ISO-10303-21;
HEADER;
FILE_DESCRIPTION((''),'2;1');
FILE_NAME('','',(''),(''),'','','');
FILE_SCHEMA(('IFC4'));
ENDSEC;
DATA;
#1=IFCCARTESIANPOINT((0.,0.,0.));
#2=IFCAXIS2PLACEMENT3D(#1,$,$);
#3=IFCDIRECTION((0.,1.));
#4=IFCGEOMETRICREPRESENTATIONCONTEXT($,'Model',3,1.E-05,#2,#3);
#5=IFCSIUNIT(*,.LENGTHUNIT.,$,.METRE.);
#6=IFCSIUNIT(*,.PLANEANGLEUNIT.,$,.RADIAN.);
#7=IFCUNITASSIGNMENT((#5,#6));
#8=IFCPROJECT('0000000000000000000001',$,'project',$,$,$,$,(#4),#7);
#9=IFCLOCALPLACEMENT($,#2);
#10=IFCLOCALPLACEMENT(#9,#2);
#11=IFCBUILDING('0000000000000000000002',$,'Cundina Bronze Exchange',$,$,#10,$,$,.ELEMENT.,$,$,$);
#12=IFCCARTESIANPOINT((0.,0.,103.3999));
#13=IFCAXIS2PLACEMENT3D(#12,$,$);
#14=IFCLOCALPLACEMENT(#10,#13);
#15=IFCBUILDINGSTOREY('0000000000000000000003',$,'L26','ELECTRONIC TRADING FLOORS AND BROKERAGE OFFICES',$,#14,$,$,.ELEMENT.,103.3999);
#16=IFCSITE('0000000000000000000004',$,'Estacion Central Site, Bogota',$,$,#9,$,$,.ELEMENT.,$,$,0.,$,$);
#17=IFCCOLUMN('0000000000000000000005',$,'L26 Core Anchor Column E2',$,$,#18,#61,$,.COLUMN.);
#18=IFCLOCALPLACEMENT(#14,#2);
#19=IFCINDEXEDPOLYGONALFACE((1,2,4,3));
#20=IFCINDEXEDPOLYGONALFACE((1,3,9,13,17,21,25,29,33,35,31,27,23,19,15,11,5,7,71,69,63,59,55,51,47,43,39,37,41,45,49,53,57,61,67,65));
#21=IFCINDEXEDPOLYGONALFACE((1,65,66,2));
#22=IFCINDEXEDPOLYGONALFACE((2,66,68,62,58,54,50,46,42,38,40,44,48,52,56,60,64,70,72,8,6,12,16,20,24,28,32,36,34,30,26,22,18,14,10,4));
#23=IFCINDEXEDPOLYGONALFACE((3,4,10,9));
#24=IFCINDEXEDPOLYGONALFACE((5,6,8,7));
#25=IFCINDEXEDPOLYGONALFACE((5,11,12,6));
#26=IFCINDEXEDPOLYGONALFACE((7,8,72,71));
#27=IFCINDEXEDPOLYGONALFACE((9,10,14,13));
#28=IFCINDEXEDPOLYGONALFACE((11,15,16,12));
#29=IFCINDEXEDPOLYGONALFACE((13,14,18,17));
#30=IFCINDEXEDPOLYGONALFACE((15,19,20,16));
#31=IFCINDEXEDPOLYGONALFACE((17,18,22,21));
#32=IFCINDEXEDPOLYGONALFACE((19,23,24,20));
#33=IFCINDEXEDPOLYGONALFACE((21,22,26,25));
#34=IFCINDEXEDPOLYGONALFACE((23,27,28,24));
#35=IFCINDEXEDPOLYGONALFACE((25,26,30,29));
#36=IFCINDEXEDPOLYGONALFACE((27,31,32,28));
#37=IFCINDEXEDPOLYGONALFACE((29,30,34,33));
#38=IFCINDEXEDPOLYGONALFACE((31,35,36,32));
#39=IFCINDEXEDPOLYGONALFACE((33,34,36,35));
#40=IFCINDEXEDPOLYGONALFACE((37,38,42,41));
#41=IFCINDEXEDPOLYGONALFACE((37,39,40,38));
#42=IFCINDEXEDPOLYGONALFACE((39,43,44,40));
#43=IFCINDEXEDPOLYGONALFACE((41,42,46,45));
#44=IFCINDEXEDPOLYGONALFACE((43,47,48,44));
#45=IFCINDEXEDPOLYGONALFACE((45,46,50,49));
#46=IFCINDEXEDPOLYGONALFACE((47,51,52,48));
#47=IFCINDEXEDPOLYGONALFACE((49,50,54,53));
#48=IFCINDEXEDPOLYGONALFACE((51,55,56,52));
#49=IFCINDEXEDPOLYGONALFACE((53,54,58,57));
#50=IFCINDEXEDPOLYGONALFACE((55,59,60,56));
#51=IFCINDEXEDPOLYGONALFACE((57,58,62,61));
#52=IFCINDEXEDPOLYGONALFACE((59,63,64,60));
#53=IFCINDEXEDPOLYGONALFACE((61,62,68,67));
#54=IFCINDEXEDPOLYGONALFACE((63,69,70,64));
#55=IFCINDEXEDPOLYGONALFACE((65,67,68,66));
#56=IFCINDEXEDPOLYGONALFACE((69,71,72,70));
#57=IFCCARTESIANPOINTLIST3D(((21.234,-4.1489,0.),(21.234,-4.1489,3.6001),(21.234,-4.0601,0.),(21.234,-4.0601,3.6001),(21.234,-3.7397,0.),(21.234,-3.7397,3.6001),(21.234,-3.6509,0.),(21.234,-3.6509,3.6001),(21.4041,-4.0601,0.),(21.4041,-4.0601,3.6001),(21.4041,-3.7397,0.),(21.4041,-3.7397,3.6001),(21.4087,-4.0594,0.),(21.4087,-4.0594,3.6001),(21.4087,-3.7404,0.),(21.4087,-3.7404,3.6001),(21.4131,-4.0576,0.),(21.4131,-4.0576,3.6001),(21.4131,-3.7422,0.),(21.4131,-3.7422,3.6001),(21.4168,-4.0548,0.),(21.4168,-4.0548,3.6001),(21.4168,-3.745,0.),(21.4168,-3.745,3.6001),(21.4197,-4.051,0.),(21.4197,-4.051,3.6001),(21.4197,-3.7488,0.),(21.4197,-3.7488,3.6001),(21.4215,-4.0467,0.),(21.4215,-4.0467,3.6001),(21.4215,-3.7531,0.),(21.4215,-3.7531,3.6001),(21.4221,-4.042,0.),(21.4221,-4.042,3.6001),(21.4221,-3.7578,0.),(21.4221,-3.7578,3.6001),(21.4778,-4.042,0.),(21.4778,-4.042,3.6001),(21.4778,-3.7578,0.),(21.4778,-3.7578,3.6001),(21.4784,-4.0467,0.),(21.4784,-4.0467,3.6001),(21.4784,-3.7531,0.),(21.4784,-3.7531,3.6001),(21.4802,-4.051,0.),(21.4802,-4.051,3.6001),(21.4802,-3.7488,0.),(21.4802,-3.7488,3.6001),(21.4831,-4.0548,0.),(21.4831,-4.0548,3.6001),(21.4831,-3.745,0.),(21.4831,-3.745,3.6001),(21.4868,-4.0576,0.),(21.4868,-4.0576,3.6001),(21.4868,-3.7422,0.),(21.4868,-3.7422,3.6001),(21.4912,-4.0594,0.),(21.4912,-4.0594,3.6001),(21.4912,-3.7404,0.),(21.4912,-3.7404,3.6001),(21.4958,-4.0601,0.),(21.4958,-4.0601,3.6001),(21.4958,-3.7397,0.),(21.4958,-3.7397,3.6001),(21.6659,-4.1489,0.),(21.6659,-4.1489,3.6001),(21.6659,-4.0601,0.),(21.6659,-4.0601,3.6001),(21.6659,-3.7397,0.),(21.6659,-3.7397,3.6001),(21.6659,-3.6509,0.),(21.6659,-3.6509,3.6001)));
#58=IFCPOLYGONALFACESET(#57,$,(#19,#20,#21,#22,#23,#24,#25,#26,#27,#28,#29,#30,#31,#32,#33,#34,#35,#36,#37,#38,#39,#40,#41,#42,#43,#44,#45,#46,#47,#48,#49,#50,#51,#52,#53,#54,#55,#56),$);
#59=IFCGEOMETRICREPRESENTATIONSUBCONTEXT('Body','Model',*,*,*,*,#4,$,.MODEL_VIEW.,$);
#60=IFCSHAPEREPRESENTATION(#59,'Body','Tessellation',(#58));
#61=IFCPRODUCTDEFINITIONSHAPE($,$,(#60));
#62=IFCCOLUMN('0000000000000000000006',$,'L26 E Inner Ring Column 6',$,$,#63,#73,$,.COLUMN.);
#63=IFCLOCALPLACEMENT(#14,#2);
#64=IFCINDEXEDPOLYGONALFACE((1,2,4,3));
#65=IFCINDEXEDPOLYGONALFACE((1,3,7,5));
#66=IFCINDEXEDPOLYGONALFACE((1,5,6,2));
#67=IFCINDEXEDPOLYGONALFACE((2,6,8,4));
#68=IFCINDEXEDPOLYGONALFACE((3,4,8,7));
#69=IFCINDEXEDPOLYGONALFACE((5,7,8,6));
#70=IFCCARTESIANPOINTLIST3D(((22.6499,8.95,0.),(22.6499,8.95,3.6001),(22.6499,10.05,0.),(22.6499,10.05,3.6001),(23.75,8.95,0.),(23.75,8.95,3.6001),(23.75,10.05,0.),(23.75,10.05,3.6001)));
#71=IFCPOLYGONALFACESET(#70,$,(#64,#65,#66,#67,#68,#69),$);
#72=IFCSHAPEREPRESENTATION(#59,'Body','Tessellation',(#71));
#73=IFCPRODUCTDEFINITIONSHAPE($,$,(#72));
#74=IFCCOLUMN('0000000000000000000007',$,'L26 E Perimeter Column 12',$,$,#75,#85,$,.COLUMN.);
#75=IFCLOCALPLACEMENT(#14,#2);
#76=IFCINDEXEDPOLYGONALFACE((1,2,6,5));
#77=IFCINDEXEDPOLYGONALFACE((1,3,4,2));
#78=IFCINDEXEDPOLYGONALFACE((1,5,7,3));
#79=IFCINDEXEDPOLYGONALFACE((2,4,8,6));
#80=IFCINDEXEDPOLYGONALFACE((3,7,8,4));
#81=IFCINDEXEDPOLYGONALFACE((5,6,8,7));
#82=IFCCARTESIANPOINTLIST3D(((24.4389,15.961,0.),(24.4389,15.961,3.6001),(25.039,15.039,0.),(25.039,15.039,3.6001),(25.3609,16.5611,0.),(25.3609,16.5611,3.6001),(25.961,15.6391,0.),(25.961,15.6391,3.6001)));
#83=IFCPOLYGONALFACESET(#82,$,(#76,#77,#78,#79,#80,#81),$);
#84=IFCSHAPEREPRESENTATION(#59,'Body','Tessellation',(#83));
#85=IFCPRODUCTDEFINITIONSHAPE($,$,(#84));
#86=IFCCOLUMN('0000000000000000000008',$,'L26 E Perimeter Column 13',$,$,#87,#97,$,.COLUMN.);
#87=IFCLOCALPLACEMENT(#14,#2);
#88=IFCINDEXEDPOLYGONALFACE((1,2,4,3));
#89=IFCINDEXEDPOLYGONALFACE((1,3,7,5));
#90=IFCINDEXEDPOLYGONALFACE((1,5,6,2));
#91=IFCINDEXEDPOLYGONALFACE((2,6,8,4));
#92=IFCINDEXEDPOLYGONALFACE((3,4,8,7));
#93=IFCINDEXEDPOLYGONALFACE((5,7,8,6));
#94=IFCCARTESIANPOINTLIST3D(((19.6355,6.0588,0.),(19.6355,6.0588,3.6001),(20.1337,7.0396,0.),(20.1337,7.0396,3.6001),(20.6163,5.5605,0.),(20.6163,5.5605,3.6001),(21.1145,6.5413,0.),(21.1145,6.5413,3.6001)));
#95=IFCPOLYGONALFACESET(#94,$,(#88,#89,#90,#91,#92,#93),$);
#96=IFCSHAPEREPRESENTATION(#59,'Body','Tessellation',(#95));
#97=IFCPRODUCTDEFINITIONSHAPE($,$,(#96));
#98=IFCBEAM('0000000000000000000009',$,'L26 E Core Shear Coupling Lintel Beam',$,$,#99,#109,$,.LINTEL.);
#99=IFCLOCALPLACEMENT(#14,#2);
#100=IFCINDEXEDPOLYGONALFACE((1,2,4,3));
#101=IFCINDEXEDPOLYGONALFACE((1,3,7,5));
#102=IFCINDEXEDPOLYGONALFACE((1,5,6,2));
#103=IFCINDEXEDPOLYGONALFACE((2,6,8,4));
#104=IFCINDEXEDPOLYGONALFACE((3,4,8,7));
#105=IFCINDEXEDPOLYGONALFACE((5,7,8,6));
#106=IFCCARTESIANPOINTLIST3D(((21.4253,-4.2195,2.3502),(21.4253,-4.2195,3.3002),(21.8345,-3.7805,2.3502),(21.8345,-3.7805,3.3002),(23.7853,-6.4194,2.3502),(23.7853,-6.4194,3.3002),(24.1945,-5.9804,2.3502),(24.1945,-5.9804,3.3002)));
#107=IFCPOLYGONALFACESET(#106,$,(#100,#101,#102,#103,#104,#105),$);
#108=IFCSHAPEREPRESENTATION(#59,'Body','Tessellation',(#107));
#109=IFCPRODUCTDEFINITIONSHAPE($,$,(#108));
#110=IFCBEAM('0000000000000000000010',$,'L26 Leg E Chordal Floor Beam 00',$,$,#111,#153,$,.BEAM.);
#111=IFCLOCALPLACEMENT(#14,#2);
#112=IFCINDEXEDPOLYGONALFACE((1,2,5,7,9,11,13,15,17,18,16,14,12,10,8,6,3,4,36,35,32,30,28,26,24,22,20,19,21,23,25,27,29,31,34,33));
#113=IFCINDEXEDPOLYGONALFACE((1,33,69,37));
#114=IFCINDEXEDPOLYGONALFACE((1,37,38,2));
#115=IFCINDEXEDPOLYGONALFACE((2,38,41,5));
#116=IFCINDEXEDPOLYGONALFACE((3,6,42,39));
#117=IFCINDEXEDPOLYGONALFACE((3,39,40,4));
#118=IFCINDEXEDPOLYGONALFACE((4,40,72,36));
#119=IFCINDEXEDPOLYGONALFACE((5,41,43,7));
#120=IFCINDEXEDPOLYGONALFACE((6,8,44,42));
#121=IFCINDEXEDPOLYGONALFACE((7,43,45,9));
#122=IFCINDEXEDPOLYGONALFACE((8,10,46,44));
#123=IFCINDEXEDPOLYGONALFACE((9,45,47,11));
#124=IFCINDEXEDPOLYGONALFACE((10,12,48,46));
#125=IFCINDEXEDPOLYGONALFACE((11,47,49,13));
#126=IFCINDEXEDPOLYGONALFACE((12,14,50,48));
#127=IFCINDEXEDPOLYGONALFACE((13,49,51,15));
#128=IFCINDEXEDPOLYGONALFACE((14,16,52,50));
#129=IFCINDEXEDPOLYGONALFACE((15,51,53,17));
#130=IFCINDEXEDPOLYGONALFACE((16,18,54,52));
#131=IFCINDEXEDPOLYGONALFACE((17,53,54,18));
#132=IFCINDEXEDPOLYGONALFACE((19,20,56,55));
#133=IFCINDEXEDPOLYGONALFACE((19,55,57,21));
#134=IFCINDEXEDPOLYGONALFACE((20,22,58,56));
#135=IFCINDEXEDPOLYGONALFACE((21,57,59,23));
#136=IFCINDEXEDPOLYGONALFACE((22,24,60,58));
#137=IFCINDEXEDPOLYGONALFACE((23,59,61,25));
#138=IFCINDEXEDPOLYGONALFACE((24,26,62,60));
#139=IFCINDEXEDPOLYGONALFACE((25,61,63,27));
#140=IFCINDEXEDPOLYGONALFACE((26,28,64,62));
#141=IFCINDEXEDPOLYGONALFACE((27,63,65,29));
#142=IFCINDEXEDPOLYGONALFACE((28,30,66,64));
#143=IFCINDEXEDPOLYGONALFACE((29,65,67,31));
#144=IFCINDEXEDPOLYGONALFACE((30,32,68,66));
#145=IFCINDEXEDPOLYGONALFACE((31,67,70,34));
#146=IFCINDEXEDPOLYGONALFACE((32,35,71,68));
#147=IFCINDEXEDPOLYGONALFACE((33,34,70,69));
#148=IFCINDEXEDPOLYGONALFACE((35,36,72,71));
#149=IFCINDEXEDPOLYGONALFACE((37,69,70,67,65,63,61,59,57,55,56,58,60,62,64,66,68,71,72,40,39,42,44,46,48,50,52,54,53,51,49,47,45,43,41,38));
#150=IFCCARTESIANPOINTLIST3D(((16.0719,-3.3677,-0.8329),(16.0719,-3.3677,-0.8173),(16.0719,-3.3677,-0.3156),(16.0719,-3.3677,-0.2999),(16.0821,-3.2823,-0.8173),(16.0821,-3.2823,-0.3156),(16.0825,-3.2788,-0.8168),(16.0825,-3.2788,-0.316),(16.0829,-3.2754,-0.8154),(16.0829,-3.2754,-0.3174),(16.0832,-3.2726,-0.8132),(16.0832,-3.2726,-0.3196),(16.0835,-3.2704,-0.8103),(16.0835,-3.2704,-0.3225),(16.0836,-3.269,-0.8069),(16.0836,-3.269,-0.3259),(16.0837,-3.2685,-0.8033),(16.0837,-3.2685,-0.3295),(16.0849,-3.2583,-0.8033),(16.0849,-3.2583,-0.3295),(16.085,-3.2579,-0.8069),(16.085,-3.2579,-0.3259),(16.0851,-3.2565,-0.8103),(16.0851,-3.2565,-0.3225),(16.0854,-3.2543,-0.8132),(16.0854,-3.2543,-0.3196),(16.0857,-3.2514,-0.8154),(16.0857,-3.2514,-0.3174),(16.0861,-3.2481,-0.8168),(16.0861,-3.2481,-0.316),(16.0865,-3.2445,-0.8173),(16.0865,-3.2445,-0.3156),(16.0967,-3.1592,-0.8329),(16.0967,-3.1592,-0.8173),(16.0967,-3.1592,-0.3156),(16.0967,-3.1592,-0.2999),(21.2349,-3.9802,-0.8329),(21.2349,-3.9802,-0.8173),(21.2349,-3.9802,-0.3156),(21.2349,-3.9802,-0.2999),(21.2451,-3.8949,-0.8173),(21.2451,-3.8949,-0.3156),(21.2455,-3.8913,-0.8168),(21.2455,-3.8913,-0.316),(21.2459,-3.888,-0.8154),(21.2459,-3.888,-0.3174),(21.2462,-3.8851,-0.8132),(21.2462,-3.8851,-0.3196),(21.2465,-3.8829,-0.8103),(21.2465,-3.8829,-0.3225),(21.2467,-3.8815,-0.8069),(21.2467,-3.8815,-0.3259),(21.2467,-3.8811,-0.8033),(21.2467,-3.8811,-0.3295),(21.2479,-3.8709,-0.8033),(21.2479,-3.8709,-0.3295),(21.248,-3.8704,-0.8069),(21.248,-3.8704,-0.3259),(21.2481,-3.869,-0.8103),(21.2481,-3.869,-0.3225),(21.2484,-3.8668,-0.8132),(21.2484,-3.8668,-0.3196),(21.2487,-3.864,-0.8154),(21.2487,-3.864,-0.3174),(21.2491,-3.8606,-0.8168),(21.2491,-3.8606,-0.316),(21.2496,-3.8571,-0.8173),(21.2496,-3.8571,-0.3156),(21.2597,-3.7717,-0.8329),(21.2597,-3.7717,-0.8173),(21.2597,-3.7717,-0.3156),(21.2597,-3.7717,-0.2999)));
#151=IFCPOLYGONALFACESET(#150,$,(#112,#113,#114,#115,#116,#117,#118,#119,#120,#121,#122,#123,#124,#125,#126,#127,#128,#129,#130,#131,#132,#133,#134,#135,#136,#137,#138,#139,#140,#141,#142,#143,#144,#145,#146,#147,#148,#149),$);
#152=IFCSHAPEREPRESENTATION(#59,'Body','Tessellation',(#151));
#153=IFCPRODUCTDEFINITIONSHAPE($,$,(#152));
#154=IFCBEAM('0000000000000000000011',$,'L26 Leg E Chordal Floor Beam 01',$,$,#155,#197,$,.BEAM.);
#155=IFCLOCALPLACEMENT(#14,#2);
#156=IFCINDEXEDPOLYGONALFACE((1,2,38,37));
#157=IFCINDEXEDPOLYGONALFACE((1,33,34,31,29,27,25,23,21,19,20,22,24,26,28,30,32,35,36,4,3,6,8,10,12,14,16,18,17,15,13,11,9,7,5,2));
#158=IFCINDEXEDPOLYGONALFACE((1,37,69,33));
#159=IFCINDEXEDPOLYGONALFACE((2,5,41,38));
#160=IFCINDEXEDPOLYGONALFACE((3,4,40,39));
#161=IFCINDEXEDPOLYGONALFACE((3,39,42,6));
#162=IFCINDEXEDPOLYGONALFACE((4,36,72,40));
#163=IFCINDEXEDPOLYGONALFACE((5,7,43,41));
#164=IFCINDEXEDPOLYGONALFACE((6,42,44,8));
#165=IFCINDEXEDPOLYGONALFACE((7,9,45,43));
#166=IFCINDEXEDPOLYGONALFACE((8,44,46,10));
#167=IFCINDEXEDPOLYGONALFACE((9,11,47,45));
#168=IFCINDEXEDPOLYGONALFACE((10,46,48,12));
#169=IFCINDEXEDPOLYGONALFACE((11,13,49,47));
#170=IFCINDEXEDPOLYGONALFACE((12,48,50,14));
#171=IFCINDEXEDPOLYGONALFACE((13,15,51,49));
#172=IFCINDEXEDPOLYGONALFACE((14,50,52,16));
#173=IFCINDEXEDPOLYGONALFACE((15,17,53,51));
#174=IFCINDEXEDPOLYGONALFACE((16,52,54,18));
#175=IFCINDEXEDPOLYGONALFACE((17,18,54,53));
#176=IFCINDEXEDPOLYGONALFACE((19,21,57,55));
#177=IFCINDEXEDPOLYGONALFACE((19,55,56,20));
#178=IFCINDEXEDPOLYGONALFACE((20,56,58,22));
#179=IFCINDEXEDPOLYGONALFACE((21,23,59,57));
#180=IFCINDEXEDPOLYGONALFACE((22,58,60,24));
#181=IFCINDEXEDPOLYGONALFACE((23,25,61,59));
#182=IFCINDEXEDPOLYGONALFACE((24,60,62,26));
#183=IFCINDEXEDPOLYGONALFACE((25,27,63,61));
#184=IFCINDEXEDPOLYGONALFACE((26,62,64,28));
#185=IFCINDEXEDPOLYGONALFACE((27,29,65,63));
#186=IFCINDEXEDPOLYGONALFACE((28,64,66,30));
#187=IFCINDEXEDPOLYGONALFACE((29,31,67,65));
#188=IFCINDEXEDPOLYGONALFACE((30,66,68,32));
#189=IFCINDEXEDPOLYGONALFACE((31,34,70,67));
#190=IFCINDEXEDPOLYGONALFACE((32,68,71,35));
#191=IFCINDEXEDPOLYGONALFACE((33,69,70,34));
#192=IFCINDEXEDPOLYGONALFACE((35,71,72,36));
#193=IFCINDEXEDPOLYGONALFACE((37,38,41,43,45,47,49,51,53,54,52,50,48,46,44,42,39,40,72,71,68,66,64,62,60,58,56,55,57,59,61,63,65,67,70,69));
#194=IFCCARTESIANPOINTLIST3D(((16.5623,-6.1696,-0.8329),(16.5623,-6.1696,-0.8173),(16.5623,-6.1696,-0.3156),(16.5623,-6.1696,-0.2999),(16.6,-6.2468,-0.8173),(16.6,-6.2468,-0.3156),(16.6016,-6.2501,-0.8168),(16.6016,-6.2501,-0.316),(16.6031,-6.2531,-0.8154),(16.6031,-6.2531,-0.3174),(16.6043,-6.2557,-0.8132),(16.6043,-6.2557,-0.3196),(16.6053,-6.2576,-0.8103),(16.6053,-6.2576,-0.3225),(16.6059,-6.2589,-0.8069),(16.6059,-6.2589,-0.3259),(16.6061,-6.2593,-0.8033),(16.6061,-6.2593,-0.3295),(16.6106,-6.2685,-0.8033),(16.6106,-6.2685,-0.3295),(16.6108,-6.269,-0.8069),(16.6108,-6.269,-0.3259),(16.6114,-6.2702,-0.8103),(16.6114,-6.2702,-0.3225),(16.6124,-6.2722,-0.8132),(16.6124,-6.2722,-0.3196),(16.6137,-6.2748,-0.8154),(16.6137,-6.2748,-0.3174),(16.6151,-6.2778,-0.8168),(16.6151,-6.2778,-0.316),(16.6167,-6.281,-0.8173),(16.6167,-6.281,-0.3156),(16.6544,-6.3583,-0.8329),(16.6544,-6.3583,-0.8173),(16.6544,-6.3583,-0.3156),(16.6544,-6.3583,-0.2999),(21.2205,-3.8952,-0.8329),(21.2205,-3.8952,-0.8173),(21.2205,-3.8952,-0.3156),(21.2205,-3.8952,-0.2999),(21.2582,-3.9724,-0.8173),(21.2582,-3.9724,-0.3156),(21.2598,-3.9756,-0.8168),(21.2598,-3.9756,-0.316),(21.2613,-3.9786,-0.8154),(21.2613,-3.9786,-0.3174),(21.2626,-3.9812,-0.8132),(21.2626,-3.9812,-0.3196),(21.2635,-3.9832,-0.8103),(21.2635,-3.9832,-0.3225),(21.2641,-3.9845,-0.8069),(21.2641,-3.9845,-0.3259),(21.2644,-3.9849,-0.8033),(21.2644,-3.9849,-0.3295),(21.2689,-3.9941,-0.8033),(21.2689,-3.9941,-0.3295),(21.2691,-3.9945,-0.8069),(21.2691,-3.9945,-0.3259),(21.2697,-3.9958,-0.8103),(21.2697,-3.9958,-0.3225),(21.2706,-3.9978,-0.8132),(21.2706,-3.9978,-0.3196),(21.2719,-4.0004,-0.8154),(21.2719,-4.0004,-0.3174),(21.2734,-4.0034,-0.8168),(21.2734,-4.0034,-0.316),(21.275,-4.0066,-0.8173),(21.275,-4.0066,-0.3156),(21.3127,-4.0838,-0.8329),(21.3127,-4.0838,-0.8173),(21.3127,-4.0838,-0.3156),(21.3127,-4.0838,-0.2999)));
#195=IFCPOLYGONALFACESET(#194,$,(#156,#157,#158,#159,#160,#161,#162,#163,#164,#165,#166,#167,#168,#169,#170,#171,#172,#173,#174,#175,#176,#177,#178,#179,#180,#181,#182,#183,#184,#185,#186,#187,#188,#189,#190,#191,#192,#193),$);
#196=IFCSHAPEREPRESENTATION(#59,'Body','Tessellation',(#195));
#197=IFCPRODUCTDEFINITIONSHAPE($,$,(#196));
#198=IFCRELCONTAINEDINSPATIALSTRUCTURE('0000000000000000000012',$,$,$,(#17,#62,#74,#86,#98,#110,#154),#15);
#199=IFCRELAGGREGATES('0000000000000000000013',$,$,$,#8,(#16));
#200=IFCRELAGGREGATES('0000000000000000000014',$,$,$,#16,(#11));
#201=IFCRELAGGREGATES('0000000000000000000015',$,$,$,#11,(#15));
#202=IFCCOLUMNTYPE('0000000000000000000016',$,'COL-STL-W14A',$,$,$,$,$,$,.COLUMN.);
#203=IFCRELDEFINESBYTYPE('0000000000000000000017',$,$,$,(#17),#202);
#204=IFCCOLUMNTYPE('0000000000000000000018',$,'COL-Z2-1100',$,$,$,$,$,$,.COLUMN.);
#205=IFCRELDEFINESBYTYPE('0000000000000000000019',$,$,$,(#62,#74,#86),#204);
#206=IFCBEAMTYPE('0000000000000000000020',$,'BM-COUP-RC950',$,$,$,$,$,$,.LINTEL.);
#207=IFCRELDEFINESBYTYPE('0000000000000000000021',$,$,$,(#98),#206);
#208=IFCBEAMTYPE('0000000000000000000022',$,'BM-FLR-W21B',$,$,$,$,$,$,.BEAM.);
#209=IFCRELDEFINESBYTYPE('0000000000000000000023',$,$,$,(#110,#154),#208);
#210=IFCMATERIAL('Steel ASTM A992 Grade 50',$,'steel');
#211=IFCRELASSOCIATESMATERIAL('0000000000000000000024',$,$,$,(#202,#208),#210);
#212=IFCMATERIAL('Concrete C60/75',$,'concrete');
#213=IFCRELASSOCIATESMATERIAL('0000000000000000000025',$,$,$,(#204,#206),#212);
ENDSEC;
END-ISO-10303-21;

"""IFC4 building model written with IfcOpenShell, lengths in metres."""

from ifc_helpers import new_model, si_unit, direction, frame, origin, origin_2d, place, context, subcontext, project, spatial, rectangle, i_section, extrude, material, material_profile, profile_set, type_object, element, save


model = new_model("IFC4")

# Units and contexts
model_context = context("Model", 3, precision=1e-05, world=origin(), true_north=direction((0.0, 1.0)))
body_context = subcontext(model_context, "Body", "Model", "MODEL_VIEW")
ifc_project = project(units=[si_unit("LENGTHUNIT", "METRE"), si_unit("PLANEANGLEUNIT", "RADIAN")], contexts=[model_context])

# Site, building, storey
site_placement = place(None, origin())
site = spatial("IfcSite", under=ifc_project, at=site_placement, Name="Estacion Central Site, Bogota", CompositionType="ELEMENT", RefElevation=0.0)
building_placement = place(site_placement, origin())
building = spatial("IfcBuilding", under=site, at=building_placement, Name="Cundina Bronze Exchange", CompositionType="ELEMENT")
storey_placement = place(building_placement, frame((0.0, 0.0, 103.3999)))
storey = spatial("IfcBuildingStorey", under=building, at=storey_placement, Name="L26", Description="ELECTRONIC TRADING FLOORS AND BROKERAGE OFFICES", CompositionType="ELEMENT", Elevation=103.3999)

# Columns
ifc_material_1 = material(Name="Steel ASTM A992 Grade 50", Category="steel")
ifc_material_profile_1 = material_profile(ifc_material_1, i_section(OverallWidth=0.4319, OverallDepth=0.498, WebThickness=0.0557, FlangeThickness=0.0889, FilletRadius=0.0181, at=origin_2d()), Name="W14X500", Category="steel")
ifc_profile_set_1 = profile_set([ifc_material_profile_1], Name="Steel ASTM A992 Grade 50")
column_type_1 = type_object("IfcColumnType", Name="COL-STL-W14A", PredefinedType="COLUMN", material=ifc_profile_set_1)
column_placement = place(storey_placement, frame((21.45, -3.8999, 0.0), z_axis=(0.0, 0.0, 1.0), x_axis=(1.0, 0.0, 0.0)))
element("IfcColumn", 1, at=column_placement, inside=storey, type_object=column_type_1, Name="L26 Core Anchor Column E2", PredefinedType="COLUMN", context=body_context, shape_type="SweptSolid", body=[
    extrude(i_section(OverallWidth=0.4319, OverallDepth=0.498, WebThickness=0.0557, FlangeThickness=0.0889, FilletRadius=0.0181, at=origin_2d()), origin(), (0.0, 0.0, 1.0), 3.6001),
])
ifc_material_2 = material(Name="Concrete C60/75", Category="concrete")
ifc_material_profile_2 = material_profile(ifc_material_2, rectangle(XDim=1.1001, YDim=1.1001, at=origin_2d()), Name="RC1100X1100", Category="concrete")
ifc_profile_set_2 = profile_set([ifc_material_profile_2], Name="Concrete C60/75")
column_type_2 = type_object("IfcColumnType", Name="COL-Z2-1100", PredefinedType="COLUMN", material=ifc_profile_set_2)
for number, where, z_axis, x_axis, name in (
    (2, (23.2, 9.5, 0.0), (0.0, 0.0, 1.0), (1.0, 0.0, 0.0), "L26 E Inner Ring Column 6"),
    (3, (25.2, 15.8, 0.0), (0.0, 0.0, 1.0), (-0.8381, -0.545517, 0.0), "L26 E Perimeter Column 12"),
    (4, (20.375, 6.3, 0.0), (0.0, 0.0, 1.0), (-0.452902, -0.891561, 0.0), "L26 E Perimeter Column 13"),
):
    element("IfcColumn", number, at=place(storey_placement, frame(where, z_axis=z_axis, x_axis=x_axis)), inside=storey, type_object=column_type_2, Name=name, PredefinedType="COLUMN", context=body_context, shape_type="SweptSolid", body=[
        extrude(rectangle(XDim=1.1001, YDim=1.1001, at=origin_2d()), origin(), (0.0, 0.0, 1.0), 3.6001),
    ])

# Beams
ifc_material_profile_3 = material_profile(ifc_material_2, rectangle(XDim=0.6001, YDim=0.95, at=origin_2d()), Name="RC600X950", Category="concrete")
ifc_profile_set_3 = profile_set([ifc_material_profile_3], Name="Concrete C60/75")
beam_type_1 = type_object("IfcBeamType", Name="BM-COUP-RC950", PredefinedType="LINTEL", material=ifc_profile_set_3)
beam_1_placement = place(storey_placement, frame((21.6299, -4.0, 2.8252), z_axis=(0.73149, -0.681852, 0.0), x_axis=(0.681852, 0.73149, 0.0)))
element("IfcBeam", 5, at=beam_1_placement, inside=storey, type_object=beam_type_1, Name="L26 E Core Shear Coupling Lintel Beam", PredefinedType="LINTEL", context=body_context, shape_type="SweptSolid", body=[
    extrude(rectangle(XDim=0.6001, YDim=0.95, at=origin_2d()), origin(), (0.0, 0.0, 1.0), 3.2263),
])
ifc_material_profile_4 = material_profile(ifc_material_1, i_section(OverallWidth=0.21, OverallDepth=0.533, WebThickness=0.0103, FlangeThickness=0.0156, FilletRadius=0.0139, at=origin_2d()), Name="W21X62", Category="steel")
ifc_profile_set_4 = profile_set([ifc_material_profile_4], Name="Steel ASTM A992 Grade 50")
beam_type_2 = type_object("IfcBeamType", Name="BM-FLR-W21B", PredefinedType="BEAM", material=ifc_profile_set_4)
beam_2_placement = place(storey_placement, frame((21.2473, -3.876, -0.5664), z_axis=(-0.993036, 0.117814, 0.0), x_axis=(-0.117814, -0.993036, 0.0)))
element("IfcBeam", 6, at=beam_2_placement, inside=storey, type_object=beam_type_2, Name="L26 Leg E Chordal Floor Beam 00", PredefinedType="BEAM", context=body_context, shape_type="SweptSolid", body=[
    extrude(i_section(OverallWidth=0.21, OverallDepth=0.533, WebThickness=0.0103, FlangeThickness=0.0156, FilletRadius=0.0139, at=origin_2d()), origin(), (0.0, 0.0, 1.0), 5.1992),
])
beam_3_placement = place(storey_placement, frame((21.2666, -3.9895, -0.5664), z_axis=(-0.898607, -0.438754, 0.0), x_axis=(0.438754, -0.898607, 0.0)))
element("IfcBeam", 7, at=beam_3_placement, inside=storey, type_object=beam_type_2, Name="L26 Leg E Chordal Floor Beam 01", PredefinedType="BEAM", context=body_context, shape_type="SweptSolid", body=[
    extrude(i_section(OverallWidth=0.21, OverallDepth=0.533, WebThickness=0.0103, FlangeThickness=0.0156, FilletRadius=0.0139, at=origin_2d()), origin(), (0.0, 0.0, 1.0), 5.1838),
])

save(model, "model.ifc")
